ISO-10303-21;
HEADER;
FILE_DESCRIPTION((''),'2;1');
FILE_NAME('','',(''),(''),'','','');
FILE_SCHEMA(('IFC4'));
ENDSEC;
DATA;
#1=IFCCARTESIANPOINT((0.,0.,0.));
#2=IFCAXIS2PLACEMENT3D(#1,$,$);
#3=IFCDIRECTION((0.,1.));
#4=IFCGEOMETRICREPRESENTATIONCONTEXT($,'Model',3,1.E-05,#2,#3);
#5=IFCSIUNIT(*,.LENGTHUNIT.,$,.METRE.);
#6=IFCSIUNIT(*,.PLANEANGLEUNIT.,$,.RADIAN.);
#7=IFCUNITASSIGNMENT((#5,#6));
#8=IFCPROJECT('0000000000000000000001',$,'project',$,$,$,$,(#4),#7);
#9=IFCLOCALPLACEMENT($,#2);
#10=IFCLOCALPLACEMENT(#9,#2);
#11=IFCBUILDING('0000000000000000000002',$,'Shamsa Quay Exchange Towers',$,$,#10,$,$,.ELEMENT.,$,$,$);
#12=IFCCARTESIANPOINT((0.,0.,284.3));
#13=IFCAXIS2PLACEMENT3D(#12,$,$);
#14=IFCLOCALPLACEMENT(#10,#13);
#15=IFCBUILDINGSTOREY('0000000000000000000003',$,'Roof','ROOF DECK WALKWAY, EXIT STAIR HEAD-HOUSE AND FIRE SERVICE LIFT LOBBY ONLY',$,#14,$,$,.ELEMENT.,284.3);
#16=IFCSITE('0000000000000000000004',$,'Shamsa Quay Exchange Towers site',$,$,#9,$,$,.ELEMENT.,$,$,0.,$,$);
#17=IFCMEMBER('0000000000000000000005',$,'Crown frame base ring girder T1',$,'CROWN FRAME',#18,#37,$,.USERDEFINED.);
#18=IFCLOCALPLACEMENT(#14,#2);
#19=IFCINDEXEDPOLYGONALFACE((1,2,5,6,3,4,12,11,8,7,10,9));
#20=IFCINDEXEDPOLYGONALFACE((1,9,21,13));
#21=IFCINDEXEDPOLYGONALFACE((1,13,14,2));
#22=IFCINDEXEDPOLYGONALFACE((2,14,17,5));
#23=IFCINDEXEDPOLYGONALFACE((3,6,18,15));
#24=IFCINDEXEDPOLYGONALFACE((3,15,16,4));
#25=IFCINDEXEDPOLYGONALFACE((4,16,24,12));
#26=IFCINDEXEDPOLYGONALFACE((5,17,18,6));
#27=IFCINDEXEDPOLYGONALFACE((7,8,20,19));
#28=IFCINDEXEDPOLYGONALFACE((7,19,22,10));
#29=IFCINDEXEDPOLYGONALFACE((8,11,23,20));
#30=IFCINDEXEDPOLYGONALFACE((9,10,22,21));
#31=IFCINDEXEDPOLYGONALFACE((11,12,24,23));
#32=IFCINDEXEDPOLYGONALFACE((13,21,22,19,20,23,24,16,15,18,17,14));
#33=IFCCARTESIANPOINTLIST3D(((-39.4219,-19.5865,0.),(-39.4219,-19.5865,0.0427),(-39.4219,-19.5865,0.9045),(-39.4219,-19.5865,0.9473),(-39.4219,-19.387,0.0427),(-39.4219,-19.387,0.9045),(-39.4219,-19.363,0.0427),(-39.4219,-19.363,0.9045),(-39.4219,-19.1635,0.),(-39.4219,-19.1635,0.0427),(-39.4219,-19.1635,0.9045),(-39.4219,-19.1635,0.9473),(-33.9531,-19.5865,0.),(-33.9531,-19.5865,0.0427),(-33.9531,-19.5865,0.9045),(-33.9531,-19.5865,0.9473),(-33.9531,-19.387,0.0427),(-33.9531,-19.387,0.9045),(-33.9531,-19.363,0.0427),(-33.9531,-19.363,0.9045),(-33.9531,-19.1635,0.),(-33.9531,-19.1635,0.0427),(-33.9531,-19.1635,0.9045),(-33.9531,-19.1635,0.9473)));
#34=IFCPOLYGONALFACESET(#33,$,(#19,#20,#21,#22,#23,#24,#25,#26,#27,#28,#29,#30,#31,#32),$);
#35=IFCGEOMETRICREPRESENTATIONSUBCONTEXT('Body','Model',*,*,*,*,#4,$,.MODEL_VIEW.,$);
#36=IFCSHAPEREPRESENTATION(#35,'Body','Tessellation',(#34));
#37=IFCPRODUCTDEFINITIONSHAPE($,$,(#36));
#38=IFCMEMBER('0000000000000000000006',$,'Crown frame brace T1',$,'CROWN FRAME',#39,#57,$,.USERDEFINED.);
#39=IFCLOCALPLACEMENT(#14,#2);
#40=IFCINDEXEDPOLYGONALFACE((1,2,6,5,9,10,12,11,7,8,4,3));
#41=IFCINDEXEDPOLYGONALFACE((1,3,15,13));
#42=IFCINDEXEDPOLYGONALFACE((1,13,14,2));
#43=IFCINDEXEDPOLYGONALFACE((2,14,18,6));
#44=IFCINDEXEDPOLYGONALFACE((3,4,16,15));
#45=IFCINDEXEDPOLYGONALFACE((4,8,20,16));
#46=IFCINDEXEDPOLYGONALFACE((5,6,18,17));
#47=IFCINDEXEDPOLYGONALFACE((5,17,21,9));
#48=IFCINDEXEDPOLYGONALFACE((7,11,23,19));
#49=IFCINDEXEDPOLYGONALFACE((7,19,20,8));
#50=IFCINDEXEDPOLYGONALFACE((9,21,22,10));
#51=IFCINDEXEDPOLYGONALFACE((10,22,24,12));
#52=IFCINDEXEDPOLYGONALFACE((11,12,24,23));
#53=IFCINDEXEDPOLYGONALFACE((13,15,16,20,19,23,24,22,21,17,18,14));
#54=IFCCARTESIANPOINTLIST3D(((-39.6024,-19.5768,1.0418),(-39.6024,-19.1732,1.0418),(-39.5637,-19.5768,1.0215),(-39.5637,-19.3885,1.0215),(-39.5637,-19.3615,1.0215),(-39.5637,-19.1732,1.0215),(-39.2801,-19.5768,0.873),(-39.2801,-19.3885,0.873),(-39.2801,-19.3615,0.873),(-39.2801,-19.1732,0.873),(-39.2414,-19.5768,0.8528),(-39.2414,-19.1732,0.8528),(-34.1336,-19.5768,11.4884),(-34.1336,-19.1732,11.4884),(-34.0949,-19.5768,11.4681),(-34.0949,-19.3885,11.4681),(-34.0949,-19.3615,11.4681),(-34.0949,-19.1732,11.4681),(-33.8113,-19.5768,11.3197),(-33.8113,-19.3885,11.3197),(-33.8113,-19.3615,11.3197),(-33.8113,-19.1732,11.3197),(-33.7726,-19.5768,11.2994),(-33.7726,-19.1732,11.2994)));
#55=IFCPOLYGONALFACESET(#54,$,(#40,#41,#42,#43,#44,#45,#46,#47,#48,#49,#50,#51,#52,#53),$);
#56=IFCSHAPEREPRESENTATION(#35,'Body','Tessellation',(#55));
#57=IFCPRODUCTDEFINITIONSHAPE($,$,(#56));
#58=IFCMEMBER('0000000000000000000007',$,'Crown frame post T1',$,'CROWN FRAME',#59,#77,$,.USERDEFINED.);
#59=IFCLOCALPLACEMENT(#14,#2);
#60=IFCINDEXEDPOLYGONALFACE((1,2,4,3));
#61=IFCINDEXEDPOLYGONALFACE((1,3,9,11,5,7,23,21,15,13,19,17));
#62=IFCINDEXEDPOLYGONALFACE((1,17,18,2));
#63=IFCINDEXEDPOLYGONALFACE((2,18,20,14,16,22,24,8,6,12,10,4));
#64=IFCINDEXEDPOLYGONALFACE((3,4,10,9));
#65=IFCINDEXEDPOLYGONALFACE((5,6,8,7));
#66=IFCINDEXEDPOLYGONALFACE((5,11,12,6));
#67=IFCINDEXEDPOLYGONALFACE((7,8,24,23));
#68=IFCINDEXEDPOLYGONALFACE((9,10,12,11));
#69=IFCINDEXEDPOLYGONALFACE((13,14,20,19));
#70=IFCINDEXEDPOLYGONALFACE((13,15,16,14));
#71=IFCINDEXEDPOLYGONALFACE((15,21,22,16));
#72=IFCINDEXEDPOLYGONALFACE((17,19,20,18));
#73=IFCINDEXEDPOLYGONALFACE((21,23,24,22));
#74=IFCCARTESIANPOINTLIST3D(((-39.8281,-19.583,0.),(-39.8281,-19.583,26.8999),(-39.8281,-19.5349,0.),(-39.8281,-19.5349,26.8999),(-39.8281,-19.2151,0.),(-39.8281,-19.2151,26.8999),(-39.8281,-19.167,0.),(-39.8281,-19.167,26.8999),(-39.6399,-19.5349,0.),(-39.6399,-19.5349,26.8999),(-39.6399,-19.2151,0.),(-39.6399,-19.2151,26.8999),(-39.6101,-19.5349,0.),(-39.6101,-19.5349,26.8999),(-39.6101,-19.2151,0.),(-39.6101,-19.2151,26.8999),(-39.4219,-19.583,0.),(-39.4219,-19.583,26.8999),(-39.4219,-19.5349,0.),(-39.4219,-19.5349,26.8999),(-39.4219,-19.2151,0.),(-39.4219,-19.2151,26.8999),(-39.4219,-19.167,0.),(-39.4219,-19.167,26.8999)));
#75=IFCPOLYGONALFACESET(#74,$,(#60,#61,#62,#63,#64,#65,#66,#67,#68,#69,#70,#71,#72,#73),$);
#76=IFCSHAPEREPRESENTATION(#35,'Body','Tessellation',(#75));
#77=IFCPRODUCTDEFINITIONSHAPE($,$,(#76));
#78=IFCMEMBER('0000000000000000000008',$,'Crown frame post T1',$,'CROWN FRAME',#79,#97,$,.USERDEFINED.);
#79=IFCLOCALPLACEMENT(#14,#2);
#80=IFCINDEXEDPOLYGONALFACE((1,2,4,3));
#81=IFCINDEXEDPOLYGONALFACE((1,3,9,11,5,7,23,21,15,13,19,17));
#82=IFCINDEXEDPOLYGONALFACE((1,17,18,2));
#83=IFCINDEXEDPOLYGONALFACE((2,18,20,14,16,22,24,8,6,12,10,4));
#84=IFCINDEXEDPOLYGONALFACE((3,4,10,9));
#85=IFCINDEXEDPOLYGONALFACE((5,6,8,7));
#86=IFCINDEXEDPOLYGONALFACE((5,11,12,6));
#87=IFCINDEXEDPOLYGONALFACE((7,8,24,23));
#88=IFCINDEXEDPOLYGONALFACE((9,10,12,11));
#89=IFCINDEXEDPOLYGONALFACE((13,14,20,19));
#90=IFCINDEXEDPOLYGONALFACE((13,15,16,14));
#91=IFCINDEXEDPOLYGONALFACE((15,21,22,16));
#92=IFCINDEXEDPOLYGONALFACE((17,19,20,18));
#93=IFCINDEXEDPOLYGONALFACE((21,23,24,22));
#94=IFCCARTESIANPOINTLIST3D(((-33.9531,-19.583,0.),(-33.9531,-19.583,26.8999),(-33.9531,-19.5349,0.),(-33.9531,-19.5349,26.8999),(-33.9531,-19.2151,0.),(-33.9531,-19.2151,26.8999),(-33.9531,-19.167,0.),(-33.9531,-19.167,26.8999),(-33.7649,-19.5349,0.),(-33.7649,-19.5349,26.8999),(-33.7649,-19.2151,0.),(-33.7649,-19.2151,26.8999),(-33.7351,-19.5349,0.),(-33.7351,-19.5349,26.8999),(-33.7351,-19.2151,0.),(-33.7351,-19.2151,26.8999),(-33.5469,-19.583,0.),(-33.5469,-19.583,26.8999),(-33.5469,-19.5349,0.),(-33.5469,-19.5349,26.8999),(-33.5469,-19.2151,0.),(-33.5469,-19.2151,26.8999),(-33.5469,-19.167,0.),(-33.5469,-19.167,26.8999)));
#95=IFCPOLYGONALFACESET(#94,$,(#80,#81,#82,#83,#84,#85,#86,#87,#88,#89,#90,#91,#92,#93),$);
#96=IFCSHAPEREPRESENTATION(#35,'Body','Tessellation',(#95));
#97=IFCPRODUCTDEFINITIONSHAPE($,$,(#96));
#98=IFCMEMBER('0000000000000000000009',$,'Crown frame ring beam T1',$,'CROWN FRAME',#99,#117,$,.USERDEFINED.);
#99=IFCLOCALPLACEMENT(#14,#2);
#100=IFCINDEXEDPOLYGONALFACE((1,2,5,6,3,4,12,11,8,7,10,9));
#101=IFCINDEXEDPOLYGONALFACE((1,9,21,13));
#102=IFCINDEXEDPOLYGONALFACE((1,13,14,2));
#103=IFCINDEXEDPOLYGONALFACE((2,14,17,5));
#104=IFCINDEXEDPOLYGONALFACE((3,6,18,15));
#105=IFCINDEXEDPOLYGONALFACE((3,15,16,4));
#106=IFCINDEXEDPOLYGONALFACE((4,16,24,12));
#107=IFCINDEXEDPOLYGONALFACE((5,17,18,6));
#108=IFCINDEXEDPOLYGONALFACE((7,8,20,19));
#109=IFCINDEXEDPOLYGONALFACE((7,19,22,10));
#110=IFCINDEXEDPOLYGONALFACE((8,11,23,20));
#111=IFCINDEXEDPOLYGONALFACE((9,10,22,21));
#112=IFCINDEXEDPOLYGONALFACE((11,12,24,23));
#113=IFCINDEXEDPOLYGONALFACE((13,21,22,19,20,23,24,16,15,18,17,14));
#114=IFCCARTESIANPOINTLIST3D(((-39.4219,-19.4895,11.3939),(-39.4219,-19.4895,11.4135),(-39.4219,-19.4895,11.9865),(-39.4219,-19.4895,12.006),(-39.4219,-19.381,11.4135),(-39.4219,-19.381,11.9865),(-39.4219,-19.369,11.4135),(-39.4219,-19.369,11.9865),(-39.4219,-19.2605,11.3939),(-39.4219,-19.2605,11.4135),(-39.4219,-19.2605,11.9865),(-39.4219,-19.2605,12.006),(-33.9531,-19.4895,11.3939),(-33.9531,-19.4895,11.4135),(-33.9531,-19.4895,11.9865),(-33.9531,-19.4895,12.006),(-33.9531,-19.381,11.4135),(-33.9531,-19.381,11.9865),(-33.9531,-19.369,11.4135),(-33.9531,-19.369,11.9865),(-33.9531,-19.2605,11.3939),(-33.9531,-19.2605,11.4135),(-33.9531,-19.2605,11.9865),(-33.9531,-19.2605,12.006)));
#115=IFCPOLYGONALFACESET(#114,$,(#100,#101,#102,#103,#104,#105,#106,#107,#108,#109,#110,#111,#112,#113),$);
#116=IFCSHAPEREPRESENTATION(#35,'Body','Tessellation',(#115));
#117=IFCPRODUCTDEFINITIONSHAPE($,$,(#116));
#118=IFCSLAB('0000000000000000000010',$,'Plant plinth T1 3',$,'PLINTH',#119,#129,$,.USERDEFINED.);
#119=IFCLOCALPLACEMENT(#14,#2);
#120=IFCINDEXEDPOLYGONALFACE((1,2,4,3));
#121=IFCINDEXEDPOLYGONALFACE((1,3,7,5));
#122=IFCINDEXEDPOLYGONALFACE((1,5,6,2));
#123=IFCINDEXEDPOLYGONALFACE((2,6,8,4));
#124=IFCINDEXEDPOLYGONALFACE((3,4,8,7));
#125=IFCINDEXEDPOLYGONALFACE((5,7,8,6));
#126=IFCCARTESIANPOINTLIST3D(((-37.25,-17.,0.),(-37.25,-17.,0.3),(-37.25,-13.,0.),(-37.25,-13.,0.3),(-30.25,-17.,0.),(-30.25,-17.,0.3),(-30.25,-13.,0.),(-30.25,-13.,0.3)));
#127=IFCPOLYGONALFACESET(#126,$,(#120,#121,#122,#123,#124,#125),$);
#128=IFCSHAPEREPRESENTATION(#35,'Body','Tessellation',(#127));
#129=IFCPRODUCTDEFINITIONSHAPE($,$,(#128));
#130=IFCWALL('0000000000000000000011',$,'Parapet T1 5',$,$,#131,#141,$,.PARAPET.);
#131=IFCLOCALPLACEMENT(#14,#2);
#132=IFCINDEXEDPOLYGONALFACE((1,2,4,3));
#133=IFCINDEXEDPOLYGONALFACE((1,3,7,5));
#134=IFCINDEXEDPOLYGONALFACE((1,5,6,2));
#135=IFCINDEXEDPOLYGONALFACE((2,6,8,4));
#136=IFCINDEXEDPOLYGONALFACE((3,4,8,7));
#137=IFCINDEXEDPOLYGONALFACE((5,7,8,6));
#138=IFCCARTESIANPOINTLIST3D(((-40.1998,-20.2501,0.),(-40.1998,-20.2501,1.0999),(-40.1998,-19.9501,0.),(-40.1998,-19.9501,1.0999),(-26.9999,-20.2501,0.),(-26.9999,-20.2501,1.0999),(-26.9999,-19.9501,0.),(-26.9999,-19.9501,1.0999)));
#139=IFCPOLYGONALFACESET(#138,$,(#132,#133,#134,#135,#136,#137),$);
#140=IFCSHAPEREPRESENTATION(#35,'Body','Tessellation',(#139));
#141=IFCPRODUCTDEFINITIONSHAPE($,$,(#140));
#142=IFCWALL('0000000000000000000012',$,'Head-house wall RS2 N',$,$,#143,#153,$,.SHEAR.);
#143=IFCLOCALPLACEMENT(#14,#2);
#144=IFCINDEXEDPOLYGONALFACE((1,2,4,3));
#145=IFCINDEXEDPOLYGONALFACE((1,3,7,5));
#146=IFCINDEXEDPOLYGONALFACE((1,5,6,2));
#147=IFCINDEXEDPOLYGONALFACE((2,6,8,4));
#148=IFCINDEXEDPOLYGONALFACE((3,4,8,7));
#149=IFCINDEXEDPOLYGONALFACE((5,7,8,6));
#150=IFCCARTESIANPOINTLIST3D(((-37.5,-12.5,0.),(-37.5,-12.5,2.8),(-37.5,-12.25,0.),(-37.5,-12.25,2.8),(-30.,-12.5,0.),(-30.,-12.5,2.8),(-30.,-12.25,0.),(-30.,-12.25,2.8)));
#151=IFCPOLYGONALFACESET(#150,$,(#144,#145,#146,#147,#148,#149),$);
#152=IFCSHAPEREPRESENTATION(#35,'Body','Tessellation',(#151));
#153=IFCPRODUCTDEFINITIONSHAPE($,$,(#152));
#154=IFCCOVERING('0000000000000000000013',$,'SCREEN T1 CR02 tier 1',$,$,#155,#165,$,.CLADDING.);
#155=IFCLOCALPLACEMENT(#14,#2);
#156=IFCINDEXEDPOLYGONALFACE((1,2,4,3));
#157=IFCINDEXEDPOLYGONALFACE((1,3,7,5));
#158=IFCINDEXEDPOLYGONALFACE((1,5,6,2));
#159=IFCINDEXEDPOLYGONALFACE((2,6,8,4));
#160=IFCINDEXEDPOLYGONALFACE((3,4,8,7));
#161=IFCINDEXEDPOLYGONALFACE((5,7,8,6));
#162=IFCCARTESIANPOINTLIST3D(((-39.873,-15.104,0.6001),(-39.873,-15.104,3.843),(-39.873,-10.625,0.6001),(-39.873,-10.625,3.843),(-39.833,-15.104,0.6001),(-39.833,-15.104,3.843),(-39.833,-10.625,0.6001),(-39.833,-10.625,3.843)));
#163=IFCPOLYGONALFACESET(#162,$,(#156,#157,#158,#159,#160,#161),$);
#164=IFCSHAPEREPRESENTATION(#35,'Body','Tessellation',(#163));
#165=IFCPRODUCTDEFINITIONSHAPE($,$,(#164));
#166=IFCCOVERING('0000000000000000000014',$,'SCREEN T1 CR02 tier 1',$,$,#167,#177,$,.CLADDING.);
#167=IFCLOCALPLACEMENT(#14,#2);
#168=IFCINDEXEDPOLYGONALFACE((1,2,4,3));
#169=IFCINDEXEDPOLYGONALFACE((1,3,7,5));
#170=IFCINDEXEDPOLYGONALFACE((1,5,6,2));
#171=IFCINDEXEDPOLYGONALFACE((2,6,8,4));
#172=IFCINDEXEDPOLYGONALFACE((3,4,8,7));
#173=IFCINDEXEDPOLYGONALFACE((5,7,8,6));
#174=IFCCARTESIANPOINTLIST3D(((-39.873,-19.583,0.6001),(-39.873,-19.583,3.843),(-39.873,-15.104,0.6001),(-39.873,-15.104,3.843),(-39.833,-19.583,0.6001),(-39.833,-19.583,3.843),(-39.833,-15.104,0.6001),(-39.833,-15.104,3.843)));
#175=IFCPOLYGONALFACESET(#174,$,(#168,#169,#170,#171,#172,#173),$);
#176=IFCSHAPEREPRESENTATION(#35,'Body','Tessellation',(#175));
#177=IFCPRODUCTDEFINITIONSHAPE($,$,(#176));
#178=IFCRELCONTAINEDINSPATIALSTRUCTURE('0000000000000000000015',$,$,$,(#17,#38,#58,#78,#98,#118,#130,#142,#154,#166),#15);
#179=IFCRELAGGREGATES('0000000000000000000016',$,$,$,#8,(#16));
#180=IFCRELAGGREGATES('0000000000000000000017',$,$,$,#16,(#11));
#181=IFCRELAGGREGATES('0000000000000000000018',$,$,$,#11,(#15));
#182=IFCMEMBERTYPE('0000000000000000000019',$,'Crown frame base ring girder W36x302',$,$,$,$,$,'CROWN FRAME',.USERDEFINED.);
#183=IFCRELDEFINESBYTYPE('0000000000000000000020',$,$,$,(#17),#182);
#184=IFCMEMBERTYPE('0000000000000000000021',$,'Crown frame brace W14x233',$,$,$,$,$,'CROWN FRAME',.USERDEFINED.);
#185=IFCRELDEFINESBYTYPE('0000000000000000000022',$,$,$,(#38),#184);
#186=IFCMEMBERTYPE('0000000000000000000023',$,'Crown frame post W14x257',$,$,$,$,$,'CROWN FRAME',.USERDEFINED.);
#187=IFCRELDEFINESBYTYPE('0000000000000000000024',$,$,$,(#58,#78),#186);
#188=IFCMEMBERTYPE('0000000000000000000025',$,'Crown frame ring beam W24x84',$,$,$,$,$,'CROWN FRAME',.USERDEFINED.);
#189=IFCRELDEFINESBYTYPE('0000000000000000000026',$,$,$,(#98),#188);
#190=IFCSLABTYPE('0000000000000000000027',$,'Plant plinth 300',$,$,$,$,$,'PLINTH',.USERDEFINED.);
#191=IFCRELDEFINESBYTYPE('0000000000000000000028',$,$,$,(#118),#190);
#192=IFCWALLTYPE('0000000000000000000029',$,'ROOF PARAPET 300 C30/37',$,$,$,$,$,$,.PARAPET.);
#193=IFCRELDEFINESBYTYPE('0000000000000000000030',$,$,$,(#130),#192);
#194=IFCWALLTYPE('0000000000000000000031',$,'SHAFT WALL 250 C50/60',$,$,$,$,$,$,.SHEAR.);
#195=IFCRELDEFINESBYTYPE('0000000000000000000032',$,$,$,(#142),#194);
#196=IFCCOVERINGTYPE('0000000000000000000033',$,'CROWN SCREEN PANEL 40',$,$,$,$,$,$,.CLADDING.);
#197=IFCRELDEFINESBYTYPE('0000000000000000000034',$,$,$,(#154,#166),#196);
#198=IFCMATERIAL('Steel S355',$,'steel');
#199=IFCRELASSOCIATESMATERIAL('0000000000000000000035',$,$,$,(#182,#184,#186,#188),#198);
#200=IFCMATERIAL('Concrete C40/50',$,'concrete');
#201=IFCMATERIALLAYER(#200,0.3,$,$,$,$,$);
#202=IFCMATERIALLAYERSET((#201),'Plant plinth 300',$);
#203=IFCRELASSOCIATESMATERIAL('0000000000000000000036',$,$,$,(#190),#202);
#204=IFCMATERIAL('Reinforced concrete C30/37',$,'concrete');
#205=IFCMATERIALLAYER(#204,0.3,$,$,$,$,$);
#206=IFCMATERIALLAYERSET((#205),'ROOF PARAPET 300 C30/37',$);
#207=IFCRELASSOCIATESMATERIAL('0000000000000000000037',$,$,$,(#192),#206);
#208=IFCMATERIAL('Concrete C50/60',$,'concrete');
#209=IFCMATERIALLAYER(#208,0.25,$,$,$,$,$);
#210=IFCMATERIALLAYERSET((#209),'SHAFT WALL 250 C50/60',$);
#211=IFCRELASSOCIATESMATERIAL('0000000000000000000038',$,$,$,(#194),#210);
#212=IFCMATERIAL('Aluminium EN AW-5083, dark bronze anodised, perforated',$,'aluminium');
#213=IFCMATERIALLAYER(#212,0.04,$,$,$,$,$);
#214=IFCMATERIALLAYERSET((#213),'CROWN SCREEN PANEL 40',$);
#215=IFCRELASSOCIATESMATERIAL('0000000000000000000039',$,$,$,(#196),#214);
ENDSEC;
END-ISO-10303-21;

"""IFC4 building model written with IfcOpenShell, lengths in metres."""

from ifc_helpers import new_model, si_unit, direction, frame, frame_2d, origin, origin_2d, place, context, subcontext, project, spatial, rectangle, i_section, extrude, material, layer, layer_set, material_profile, profile_set, type_object, element, save


model = new_model("IFC4")

# Units and contexts
model_context = context("Model", 3, precision=1e-05, world=origin(), true_north=direction((0.0, 1.0)))
body_context = subcontext(model_context, "Body", "Model", "MODEL_VIEW")
ifc_project = project(units=[si_unit("LENGTHUNIT", "METRE"), si_unit("PLANEANGLEUNIT", "RADIAN")], contexts=[model_context])

# Site, building, storey
site_placement = place(None, origin())
site = spatial("IfcSite", under=ifc_project, at=site_placement, Name="Shamsa Quay Exchange Towers site", CompositionType="ELEMENT", RefElevation=0.0)
building_placement = place(site_placement, origin())
building = spatial("IfcBuilding", under=site, at=building_placement, Name="Shamsa Quay Exchange Towers", CompositionType="ELEMENT")
storey_placement = place(building_placement, frame((0.0, 0.0, 284.3)))
storey = spatial("IfcBuildingStorey", under=building, at=storey_placement, Name="Roof", Description="ROOF DECK WALKWAY, EXIT STAIR HEAD-HOUSE AND FIRE SERVICE LIFT LOBBY ONLY", CompositionType="ELEMENT", Elevation=284.3)

# Members
ifc_material_1 = material(Name="Steel S355", Category="steel")
ifc_material_profile_1 = material_profile(ifc_material_1, i_section(OverallWidth=0.4231, OverallDepth=0.9473, WebThickness=0.0239, FlangeThickness=0.0427, at=origin_2d()), Name="W36x302")
ifc_profile_set_1 = profile_set([ifc_material_profile_1], Name="Steel S355")
member_type_1 = type_object("IfcMemberType", Name="Crown frame base ring girder W36x302", ElementType="CROWN FRAME", PredefinedType="USERDEFINED", material=ifc_profile_set_1)
member_1_placement = place(storey_placement, frame((-39.4219, -19.375, 0.4736), z_axis=(1.0, 0.0, 0.0), x_axis=(0.0, 1.0, 0.0)))
element("IfcMember", 1, at=member_1_placement, inside=storey, type_object=member_type_1, Name="Crown frame base ring girder T1", ObjectType="CROWN FRAME", PredefinedType="USERDEFINED", context=body_context, shape_type="SweptSolid", body=[
    extrude(i_section(OverallWidth=0.4231, OverallDepth=0.9473, WebThickness=0.0239, FlangeThickness=0.0427, at=origin_2d()), origin(), (0.0, 0.0, 1.0), 5.4688),
])
ifc_material_profile_2 = material_profile(ifc_material_1, i_section(OverallWidth=0.4036, OverallDepth=0.4075, WebThickness=0.0271, FlangeThickness=0.0437, at=origin_2d()), Name="W14x233")
ifc_profile_set_2 = profile_set([ifc_material_profile_2], Name="Steel S355")
member_type_2 = type_object("IfcMemberType", Name="Crown frame brace W14x233", ElementType="CROWN FRAME", PredefinedType="USERDEFINED", material=ifc_profile_set_2)
member_2_placement = place(storey_placement, frame((-39.4219, -19.375, 0.9473), z_axis=(0.463791, 0.0, 0.885945), x_axis=(0.0, 1.0, 0.0)))
element("IfcMember", 2, at=member_2_placement, inside=storey, type_object=member_type_2, Name="Crown frame brace T1", ObjectType="CROWN FRAME", PredefinedType="USERDEFINED", context=body_context, shape_type="SweptSolid", body=[
    extrude(i_section(OverallWidth=0.4036, OverallDepth=0.4075, WebThickness=0.0271, FlangeThickness=0.0437, at=origin_2d()), origin(), (0.0, 0.0, 1.0), 11.7915),
])
ifc_material_profile_3 = material_profile(ifc_material_1, i_section(OverallWidth=0.4062, OverallDepth=0.416, WebThickness=0.0298, FlangeThickness=0.0481, at=origin_2d()), Name="W14x257")
ifc_profile_set_3 = profile_set([ifc_material_profile_3], Name="Steel S355")
member_type_3 = type_object("IfcMemberType", Name="Crown frame post W14x257", ElementType="CROWN FRAME", PredefinedType="USERDEFINED", material=ifc_profile_set_3)
for number, where, name in (
    (3, (-39.625, -19.375, 0.0), "Crown frame post T1"),
    (4, (-33.75, -19.375, 0.0), "Crown frame post T1"),
):
    element("IfcMember", number, at=place(storey_placement, frame(where)), inside=storey, type_object=member_type_3, Name=name, ObjectType="CROWN FRAME", PredefinedType="USERDEFINED", context=body_context, shape_type="SweptSolid", body=[
        extrude(i_section(OverallWidth=0.4062, OverallDepth=0.416, WebThickness=0.0298, FlangeThickness=0.0481, at=origin_2d()), origin(), (0.0, 0.0, 1.0), 26.8999),
    ])
ifc_material_profile_4 = material_profile(ifc_material_1, i_section(OverallWidth=0.229, OverallDepth=0.6121, WebThickness=0.012, FlangeThickness=0.0195, at=origin_2d()), Name="W24x84")
ifc_profile_set_4 = profile_set([ifc_material_profile_4], Name="Steel S355")
member_type_4 = type_object("IfcMemberType", Name="Crown frame ring beam W24x84", ElementType="CROWN FRAME", PredefinedType="USERDEFINED", material=ifc_profile_set_4)
member_3_placement = place(storey_placement, frame((-39.4219, -19.375, 11.7), z_axis=(1.0, 0.0, 0.0), x_axis=(0.0, 1.0, 0.0)))
element("IfcMember", 5, at=member_3_placement, inside=storey, type_object=member_type_4, Name="Crown frame ring beam T1", ObjectType="CROWN FRAME", PredefinedType="USERDEFINED", context=body_context, shape_type="SweptSolid", body=[
    extrude(i_section(OverallWidth=0.229, OverallDepth=0.6121, WebThickness=0.012, FlangeThickness=0.0195, at=origin_2d()), origin(), (0.0, 0.0, 1.0), 5.4688),
])

# Slab
ifc_material_2 = material(Name="Concrete C40/50", Category="concrete")
ifc_layer_1 = layer(ifc_material_2, 0.3)
ifc_layer_set_1 = layer_set([ifc_layer_1], Name="Plant plinth 300")
slab_type = type_object("IfcSlabType", Name="Plant plinth 300", ElementType="PLINTH", PredefinedType="USERDEFINED", material=ifc_layer_set_1)
slab_placement = place(storey_placement, frame((-33.75, -15.0, 0.0)))
element("IfcSlab", 6, at=slab_placement, inside=storey, type_object=slab_type, Name="Plant plinth T1 3", ObjectType="PLINTH", PredefinedType="USERDEFINED", context=body_context, shape_type="SweptSolid", body=[
    extrude(rectangle(XDim=7.0, YDim=4.0, at=origin_2d()), origin(), (0.0, 0.0, 1.0), 0.3),
])

# Walls
ifc_material_3 = material(Name="Reinforced concrete C30/37", Category="concrete")
ifc_layer_2 = layer(ifc_material_3, 0.3)
ifc_layer_set_2 = layer_set([ifc_layer_2], Name="ROOF PARAPET 300 C30/37")
wall_type_1 = type_object("IfcWallType", Name="ROOF PARAPET 300 C30/37", PredefinedType="PARAPET", material=ifc_layer_set_2)
wall_1_placement = place(storey_placement, frame((-40.2, -20.1001, 0.0)))
element("IfcWall", 7, at=wall_1_placement, inside=storey, type_object=wall_type_1, Name="Parapet T1 5", PredefinedType="PARAPET", context=body_context, shape_type="SweptSolid", body=[
    extrude(rectangle(XDim=13.2, YDim=0.3, at=frame_2d((6.6001, 0.0))), origin(), (0.0, 0.0, 1.0), 1.0999),
])
ifc_material_4 = material(Name="Concrete C50/60", Category="concrete")
ifc_layer_3 = layer(ifc_material_4, 0.25)
ifc_layer_set_3 = layer_set([ifc_layer_3], Name="SHAFT WALL 250 C50/60")
wall_type_2 = type_object("IfcWallType", Name="SHAFT WALL 250 C50/60", PredefinedType="SHEAR", material=ifc_layer_set_3)
wall_2_placement = place(storey_placement, frame((-37.5, -12.375, 0.0)))
element("IfcWall", 8, at=wall_2_placement, inside=storey, type_object=wall_type_2, Name="Head-house wall RS2 N", PredefinedType="SHEAR", context=body_context, shape_type="SweptSolid", body=[
    extrude(rectangle(XDim=7.5, YDim=0.25, at=frame_2d((3.75, 0.0))), origin(), (0.0, 0.0, 1.0), 2.8),
])

# Coverings
ifc_material_5 = material(Name="Aluminium EN AW-5083, dark bronze anodised, perforated", Category="aluminium")
ifc_layer_4 = layer(ifc_material_5, 0.04)
ifc_layer_set_4 = layer_set([ifc_layer_4], Name="CROWN SCREEN PANEL 40")
covering_type = type_object("IfcCoveringType", Name="CROWN SCREEN PANEL 40", PredefinedType="CLADDING", material=ifc_layer_set_4)
for number, where, z_axis, x_axis, name in (
    (9, (-39.853, -12.8645, 0.6001), (0.0, 0.0, 1.0), (0.0, -1.0, 0.0), "SCREEN T1 CR02 tier 1"),
    (10, (-39.853, -17.3435, 0.6001), (0.0, 0.0, 1.0), (0.0, -1.0, 0.0), "SCREEN T1 CR02 tier 1"),
):
    element("IfcCovering", number, at=place(storey_placement, frame(where, z_axis=z_axis, x_axis=x_axis)), inside=storey, type_object=covering_type, Name=name, PredefinedType="CLADDING", context=body_context, shape_type="SweptSolid", body=[
        extrude(rectangle(XDim=4.479, YDim=0.04, at=origin_2d()), origin(), (0.0, 0.0, 1.0), 3.2429),
    ])

save(model, "model.ifc")
